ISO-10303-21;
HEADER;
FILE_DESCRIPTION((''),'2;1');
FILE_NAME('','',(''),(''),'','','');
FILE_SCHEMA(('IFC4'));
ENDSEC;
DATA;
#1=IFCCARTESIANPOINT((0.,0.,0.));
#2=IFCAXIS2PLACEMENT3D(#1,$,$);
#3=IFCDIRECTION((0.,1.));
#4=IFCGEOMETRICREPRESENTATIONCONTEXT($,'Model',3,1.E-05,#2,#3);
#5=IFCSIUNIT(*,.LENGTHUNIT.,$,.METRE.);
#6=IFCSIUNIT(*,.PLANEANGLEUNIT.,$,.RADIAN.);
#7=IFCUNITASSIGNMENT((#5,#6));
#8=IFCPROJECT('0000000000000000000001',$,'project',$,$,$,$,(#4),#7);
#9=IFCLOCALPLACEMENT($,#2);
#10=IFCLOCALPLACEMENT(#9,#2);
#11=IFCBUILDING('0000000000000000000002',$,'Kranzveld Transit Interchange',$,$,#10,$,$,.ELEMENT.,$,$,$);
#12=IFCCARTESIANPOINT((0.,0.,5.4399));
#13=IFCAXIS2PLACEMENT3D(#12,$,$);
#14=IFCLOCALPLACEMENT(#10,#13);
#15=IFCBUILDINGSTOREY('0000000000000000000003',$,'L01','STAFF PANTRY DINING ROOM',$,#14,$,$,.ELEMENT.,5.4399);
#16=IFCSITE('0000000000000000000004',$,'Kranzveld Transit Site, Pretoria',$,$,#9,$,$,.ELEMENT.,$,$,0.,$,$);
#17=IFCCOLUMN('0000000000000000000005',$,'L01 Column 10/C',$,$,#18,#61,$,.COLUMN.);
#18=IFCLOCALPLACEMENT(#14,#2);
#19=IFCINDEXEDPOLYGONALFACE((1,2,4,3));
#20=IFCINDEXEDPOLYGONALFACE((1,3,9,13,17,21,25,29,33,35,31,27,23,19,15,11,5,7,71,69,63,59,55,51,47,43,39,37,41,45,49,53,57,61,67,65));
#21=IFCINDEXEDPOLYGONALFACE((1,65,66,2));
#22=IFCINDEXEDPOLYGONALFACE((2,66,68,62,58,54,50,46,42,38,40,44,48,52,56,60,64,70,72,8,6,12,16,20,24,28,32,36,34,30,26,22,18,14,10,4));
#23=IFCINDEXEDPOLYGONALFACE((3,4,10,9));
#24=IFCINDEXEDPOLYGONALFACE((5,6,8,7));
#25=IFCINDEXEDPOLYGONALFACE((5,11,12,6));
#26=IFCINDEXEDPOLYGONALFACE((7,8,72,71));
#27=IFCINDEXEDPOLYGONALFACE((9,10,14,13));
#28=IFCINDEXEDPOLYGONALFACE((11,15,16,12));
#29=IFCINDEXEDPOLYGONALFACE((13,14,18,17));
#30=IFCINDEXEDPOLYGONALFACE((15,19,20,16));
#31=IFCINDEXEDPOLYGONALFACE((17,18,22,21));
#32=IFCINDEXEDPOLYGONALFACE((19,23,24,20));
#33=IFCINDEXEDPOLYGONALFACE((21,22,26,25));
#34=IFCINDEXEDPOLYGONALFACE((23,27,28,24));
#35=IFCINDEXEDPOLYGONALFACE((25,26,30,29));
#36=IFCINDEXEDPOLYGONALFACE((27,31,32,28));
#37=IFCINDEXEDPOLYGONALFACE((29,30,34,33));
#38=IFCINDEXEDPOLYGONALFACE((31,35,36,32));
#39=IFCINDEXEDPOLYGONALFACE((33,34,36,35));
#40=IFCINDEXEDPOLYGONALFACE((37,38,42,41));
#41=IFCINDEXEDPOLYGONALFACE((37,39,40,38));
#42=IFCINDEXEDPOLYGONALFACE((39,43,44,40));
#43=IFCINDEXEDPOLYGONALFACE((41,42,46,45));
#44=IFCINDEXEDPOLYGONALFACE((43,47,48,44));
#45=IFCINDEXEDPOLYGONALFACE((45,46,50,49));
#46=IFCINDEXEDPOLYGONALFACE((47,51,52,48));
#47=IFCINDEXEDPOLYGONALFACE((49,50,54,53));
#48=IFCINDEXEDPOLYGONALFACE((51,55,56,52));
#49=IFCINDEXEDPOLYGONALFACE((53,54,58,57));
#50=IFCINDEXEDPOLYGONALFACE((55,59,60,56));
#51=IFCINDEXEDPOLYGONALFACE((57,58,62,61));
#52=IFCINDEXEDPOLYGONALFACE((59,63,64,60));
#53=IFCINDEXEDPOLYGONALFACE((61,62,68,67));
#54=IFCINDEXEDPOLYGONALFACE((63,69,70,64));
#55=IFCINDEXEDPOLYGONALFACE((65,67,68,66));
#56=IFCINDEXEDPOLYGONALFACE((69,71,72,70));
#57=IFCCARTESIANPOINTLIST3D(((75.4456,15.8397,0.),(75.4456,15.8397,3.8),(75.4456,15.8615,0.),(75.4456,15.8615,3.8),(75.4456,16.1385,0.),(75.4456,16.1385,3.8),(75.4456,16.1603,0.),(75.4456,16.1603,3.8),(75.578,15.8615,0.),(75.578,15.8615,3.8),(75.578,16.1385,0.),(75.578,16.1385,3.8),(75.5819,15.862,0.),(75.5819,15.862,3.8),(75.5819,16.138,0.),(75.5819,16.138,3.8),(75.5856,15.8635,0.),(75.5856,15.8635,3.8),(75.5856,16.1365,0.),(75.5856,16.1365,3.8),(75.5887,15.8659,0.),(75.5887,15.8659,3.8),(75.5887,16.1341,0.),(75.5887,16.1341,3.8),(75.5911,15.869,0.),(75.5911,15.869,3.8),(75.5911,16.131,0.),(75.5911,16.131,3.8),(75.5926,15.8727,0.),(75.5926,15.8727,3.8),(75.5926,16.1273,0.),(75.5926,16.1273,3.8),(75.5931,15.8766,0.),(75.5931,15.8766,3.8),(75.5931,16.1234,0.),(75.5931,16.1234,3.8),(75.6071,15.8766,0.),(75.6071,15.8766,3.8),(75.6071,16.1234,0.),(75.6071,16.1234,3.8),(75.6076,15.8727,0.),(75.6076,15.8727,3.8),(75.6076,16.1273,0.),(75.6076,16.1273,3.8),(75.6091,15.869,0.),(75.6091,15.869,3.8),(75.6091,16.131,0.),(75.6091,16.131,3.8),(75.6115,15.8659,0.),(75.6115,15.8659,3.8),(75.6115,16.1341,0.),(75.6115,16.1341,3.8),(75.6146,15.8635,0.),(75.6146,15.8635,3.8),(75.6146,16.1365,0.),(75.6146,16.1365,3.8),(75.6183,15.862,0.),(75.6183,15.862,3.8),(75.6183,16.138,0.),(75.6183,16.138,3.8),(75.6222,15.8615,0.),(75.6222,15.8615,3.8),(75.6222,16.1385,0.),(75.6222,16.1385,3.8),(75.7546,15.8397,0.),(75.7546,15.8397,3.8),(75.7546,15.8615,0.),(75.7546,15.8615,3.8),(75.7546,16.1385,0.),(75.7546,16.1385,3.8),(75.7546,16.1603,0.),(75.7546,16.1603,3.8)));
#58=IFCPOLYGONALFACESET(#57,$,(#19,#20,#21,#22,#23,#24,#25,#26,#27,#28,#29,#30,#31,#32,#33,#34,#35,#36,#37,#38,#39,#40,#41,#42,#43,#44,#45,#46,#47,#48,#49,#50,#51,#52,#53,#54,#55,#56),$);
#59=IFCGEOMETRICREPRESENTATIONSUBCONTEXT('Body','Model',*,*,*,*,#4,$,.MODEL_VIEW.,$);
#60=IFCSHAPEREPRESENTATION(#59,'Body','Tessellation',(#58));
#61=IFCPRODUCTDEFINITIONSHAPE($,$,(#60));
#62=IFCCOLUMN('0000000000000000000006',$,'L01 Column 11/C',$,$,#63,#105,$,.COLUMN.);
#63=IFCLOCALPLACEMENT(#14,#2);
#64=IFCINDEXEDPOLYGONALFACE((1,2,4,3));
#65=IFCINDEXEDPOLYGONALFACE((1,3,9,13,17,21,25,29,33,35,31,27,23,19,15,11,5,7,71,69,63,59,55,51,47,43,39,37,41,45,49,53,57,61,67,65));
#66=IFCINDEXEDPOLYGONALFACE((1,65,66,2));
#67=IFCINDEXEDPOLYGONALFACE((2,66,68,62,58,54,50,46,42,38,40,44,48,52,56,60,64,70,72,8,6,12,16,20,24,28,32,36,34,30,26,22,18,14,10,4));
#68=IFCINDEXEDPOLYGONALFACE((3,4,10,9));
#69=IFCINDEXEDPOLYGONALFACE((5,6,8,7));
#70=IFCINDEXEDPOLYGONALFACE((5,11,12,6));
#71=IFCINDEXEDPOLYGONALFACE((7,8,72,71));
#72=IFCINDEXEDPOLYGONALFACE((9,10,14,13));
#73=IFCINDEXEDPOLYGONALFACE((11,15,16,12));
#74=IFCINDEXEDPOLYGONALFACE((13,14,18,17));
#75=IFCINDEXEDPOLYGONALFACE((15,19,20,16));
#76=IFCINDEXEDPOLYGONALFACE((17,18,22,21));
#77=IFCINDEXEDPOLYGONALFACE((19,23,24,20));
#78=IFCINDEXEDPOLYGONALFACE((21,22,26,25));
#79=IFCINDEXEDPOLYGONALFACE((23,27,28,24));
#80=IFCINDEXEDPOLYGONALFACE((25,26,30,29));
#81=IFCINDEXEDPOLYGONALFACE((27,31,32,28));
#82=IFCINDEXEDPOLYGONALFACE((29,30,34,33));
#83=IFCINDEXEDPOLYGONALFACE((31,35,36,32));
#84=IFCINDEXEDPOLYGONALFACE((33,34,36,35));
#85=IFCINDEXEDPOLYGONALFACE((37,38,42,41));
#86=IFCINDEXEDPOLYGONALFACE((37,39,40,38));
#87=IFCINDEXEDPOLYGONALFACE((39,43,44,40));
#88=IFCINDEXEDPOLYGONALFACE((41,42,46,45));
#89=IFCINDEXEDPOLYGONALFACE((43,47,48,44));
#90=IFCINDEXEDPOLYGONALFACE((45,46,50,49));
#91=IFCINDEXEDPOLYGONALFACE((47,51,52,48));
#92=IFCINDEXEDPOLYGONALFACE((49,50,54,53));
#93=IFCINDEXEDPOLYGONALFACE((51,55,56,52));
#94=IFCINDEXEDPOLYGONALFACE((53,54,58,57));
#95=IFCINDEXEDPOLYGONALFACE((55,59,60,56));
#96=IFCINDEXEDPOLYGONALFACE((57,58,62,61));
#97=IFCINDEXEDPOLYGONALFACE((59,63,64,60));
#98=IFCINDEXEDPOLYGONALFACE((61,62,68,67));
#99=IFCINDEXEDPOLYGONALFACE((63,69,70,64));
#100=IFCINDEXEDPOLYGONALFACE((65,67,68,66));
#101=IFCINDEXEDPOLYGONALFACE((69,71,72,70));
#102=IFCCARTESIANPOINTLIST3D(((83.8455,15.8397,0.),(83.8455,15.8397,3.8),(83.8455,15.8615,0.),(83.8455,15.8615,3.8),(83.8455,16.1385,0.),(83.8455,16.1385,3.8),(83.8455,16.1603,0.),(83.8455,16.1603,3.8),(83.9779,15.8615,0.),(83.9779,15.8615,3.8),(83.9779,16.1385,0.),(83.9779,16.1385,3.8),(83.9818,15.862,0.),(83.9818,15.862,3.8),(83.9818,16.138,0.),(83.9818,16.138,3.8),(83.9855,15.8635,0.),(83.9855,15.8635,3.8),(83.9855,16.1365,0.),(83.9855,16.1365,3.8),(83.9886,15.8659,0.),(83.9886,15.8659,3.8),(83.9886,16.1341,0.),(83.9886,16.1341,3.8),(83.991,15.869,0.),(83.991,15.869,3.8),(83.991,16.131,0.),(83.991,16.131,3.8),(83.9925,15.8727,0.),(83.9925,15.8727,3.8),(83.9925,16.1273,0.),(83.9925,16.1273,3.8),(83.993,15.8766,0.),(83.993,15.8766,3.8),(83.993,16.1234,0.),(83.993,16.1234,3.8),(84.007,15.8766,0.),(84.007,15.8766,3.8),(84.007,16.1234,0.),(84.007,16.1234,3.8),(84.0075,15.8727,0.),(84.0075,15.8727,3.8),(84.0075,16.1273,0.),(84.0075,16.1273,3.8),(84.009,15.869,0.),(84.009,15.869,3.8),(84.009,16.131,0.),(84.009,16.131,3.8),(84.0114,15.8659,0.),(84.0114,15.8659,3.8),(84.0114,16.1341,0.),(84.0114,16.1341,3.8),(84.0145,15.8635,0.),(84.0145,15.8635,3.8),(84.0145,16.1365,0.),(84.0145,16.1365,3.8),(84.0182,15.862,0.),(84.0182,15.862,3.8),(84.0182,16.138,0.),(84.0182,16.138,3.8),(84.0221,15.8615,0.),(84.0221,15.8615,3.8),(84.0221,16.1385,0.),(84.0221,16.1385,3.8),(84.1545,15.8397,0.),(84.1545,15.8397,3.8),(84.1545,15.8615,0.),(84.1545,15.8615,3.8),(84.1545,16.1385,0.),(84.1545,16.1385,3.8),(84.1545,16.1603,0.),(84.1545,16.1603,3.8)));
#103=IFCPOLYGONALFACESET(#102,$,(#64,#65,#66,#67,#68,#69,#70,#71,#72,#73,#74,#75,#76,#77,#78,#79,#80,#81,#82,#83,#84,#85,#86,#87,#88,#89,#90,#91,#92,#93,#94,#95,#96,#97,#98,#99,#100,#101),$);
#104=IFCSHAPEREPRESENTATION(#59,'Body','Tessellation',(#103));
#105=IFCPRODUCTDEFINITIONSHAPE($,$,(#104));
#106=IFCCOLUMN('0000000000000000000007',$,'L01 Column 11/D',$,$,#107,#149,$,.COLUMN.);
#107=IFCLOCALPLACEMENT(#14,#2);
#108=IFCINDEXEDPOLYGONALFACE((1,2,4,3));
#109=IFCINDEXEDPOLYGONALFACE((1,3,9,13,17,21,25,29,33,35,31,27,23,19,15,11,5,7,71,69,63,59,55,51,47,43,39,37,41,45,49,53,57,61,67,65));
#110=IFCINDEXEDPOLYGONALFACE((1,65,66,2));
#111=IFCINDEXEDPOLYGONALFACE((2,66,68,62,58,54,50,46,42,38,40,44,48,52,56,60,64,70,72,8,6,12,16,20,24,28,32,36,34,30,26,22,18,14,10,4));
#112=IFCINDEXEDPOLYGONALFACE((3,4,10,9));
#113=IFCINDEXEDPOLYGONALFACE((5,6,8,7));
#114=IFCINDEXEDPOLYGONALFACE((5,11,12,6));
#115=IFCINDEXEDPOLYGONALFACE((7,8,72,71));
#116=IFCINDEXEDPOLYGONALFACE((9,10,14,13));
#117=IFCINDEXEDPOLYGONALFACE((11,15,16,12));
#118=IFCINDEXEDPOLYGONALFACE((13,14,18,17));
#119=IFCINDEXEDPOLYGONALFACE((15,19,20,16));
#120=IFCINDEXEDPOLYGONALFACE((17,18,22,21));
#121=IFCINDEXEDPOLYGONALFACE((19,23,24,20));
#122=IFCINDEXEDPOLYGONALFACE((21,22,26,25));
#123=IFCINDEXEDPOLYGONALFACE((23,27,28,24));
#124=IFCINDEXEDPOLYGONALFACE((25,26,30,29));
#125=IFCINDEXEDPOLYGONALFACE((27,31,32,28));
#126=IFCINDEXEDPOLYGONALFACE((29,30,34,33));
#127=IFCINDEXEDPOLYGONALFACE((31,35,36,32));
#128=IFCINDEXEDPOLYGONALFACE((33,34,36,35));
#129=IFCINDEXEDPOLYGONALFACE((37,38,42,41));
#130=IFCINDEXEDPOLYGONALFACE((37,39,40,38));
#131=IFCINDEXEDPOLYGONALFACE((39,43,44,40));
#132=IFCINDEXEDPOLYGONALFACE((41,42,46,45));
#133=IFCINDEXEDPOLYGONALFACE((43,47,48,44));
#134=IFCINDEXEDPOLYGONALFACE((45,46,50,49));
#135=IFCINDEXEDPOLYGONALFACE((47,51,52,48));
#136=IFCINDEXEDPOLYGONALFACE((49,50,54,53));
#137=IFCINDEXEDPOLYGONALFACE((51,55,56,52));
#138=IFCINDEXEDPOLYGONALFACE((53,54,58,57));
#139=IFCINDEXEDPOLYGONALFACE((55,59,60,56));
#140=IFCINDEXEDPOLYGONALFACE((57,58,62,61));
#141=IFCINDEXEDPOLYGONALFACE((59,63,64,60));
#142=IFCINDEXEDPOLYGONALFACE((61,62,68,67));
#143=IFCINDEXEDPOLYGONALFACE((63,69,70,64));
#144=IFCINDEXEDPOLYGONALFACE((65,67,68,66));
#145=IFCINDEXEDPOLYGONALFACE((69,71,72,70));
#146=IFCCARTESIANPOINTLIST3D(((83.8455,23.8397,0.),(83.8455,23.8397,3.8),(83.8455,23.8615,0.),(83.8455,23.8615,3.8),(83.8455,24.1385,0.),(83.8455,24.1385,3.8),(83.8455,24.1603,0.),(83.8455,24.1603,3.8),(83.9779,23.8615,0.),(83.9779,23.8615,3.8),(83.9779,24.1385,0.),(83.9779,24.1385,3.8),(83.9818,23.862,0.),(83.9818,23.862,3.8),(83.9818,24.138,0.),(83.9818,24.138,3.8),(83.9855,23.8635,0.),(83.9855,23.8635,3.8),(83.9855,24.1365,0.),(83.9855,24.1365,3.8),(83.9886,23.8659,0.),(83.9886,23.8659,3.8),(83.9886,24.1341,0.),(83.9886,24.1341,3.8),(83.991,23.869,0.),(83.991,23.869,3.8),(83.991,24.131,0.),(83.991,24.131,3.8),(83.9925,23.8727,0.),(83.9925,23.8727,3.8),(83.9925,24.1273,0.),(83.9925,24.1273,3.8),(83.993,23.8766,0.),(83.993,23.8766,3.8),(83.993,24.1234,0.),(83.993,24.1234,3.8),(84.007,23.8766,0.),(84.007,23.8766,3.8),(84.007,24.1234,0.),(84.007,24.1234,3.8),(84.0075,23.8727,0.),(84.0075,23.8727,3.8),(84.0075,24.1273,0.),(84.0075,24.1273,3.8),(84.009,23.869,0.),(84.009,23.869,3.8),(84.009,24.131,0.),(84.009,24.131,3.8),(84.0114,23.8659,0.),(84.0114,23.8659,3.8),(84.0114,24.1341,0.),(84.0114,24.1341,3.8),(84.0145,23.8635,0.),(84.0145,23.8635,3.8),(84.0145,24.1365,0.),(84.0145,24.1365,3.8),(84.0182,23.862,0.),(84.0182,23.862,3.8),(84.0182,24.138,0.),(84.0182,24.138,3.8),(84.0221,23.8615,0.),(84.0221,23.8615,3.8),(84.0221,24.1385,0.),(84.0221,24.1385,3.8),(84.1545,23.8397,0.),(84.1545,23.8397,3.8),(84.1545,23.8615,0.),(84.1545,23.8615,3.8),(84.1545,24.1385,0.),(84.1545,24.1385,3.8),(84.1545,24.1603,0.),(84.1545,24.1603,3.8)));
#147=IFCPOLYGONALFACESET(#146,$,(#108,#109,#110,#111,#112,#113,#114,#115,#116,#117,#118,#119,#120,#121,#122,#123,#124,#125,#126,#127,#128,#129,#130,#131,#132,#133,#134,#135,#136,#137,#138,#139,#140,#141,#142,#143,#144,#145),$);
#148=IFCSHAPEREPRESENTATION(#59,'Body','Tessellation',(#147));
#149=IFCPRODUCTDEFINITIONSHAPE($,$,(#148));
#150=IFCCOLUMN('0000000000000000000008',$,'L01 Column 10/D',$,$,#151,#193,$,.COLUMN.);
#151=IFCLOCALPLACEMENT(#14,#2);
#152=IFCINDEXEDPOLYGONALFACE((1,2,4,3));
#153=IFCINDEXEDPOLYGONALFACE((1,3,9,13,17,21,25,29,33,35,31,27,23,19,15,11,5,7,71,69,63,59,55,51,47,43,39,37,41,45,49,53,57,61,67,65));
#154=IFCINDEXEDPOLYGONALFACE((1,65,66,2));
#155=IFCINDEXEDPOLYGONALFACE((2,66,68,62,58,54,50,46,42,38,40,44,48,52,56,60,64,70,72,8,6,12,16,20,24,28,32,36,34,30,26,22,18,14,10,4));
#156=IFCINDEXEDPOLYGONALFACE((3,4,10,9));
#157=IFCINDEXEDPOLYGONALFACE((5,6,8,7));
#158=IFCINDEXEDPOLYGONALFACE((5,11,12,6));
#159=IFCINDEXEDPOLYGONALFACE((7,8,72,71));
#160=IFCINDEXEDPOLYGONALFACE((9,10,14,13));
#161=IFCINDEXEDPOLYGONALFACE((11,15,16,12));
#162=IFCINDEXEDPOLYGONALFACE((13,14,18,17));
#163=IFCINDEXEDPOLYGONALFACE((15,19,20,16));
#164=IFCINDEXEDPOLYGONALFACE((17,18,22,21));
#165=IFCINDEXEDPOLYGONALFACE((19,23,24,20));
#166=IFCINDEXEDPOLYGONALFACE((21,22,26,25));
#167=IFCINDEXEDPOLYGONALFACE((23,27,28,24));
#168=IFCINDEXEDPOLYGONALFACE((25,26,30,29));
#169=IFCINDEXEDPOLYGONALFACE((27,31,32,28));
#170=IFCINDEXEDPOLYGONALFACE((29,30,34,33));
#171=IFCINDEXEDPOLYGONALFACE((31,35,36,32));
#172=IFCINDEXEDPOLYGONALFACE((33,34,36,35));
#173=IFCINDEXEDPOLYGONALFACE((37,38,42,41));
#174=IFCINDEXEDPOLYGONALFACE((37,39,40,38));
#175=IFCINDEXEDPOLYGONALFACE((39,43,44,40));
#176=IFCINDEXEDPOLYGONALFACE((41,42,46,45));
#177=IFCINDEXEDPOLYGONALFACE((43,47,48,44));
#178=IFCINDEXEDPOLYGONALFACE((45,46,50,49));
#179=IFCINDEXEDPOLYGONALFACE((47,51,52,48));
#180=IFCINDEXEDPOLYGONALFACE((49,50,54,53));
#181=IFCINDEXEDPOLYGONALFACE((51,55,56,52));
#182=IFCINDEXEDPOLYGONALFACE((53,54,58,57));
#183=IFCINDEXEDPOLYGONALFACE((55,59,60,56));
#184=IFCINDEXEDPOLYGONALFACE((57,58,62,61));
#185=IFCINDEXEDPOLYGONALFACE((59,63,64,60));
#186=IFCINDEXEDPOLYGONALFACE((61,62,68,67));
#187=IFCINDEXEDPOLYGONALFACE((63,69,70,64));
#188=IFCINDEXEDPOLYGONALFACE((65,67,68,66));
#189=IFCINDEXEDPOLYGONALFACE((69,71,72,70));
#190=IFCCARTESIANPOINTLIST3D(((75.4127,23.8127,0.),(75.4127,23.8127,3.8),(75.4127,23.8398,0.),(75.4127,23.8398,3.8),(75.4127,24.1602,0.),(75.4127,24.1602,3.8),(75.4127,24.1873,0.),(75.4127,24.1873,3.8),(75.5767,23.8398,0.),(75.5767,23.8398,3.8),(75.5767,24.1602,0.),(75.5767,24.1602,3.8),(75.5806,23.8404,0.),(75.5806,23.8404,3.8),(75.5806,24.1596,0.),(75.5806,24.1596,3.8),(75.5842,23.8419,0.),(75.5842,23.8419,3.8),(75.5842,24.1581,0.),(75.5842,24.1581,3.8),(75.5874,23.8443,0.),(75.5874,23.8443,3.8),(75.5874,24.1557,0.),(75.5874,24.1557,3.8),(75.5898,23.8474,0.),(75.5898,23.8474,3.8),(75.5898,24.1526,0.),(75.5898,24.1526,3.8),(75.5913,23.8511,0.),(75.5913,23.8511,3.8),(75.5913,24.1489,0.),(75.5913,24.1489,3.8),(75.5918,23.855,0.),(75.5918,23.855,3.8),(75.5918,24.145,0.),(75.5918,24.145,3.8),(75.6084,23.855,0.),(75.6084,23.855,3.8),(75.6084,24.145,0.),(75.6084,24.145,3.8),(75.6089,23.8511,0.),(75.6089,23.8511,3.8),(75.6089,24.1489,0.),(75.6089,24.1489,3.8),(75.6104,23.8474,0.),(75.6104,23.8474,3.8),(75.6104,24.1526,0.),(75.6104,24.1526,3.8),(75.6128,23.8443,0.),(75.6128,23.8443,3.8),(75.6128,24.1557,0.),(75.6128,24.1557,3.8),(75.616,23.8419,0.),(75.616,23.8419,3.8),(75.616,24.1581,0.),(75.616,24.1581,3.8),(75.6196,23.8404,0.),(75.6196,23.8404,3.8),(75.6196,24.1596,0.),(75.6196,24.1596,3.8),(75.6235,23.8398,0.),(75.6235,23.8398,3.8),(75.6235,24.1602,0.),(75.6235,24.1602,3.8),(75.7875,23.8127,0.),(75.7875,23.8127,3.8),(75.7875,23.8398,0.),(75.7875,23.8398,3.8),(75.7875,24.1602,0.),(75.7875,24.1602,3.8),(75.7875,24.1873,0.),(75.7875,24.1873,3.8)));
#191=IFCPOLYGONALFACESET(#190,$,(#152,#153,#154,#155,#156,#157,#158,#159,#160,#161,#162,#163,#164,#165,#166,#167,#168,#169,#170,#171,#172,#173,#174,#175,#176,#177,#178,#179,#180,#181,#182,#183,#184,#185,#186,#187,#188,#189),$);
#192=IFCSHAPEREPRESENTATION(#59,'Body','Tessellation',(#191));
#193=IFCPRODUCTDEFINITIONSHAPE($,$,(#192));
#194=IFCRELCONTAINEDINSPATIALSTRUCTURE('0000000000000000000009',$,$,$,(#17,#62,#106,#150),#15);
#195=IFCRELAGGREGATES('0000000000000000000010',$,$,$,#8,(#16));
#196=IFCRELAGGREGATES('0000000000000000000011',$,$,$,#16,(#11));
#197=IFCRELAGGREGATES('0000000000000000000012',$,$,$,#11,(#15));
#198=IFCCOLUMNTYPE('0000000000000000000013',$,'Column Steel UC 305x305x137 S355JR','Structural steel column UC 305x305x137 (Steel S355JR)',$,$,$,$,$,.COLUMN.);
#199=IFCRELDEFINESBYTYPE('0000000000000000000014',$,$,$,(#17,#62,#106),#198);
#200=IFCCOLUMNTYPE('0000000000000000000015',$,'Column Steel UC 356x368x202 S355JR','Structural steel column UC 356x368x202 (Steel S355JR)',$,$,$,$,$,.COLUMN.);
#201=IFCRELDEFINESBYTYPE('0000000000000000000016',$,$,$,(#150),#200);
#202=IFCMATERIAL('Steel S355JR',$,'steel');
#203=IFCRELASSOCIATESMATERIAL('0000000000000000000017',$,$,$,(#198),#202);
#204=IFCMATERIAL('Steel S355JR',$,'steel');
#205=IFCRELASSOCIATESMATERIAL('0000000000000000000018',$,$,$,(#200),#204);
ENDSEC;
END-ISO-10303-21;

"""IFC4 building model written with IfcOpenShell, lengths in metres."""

from ifc_helpers import new_model, si_unit, direction, frame, origin, origin_2d, place, context, subcontext, project, spatial, i_section, extrude, material, material_profile, profile_set, type_object, element, save


model = new_model("IFC4")

# Units and contexts
model_context = context("Model", 3, precision=1e-05, world=origin(), true_north=direction((0.0, 1.0)))
body_context = subcontext(model_context, "Body", "Model", "MODEL_VIEW")
ifc_project = project(units=[si_unit("LENGTHUNIT", "METRE"), si_unit("PLANEANGLEUNIT", "RADIAN")], contexts=[model_context])

# Site, building, storey
site_placement = place(None, origin())
site = spatial("IfcSite", under=ifc_project, at=site_placement, Name="Kranzveld Transit Site, Pretoria", CompositionType="ELEMENT", RefElevation=0.0)
building_placement = place(site_placement, origin())
building = spatial("IfcBuilding", under=site, at=building_placement, Name="Kranzveld Transit Interchange", CompositionType="ELEMENT")
storey_placement = place(building_placement, frame((0.0, 0.0, 5.4399)))
storey = spatial("IfcBuildingStorey", under=building, at=storey_placement, Name="L01", Description="STAFF PANTRY DINING ROOM", CompositionType="ELEMENT", Elevation=5.4399)

# Columns
ifc_material_1 = material(Name="Steel S355JR", Category="steel")
ifc_material_profile_1 = material_profile(ifc_material_1, i_section(OverallWidth=0.3091, OverallDepth=0.3206, WebThickness=0.0139, FlangeThickness=0.0217, FilletRadius=0.0151, at=origin_2d()), Name="UC 305x305x137")
ifc_profile_set_1 = profile_set([ifc_material_profile_1], Name="Steel S355JR")
column_type_1 = type_object("IfcColumnType", Name="Column Steel UC 305x305x137 S355JR", Description="Structural steel column UC 305x305x137 (Steel S355JR)", PredefinedType="COLUMN", material=ifc_profile_set_1)
for number, where, z_axis, x_axis, name in (
    (1, (75.6001, 16.0, 0.0), (0.0, 0.0, 1.0), (1.0, 0.0, 0.0), "L01 Column 10/C"),
    (2, (84.0, 16.0, 0.0), (0.0, 0.0, 1.0), (1.0, 0.0, 0.0), "L01 Column 11/C"),
    (3, (84.0, 24.0, 0.0), (0.0, 0.0, 1.0), (1.0, 0.0, 0.0), "L01 Column 11/D"),
):
    element("IfcColumn", number, at=place(storey_placement, frame(where, z_axis=z_axis, x_axis=x_axis)), inside=storey, type_object=column_type_1, Name=name, PredefinedType="COLUMN", context=body_context, shape_type="SweptSolid", body=[
        extrude(i_section(OverallWidth=0.3091, OverallDepth=0.3206, WebThickness=0.0139, FlangeThickness=0.0217, FilletRadius=0.0151, at=origin_2d()), origin(), (0.0, 0.0, 1.0), 3.8),
    ])
ifc_material_2 = material(Name="Steel S355JR", Category="steel")
ifc_material_profile_2 = material_profile(ifc_material_2, i_section(OverallWidth=0.3748, OverallDepth=0.3745, WebThickness=0.0166, FlangeThickness=0.0271, FilletRadius=0.0151, at=origin_2d()), Name="UC 356x368x202")
ifc_profile_set_2 = profile_set([ifc_material_profile_2], Name="Steel S355JR")
column_type_2 = type_object("IfcColumnType", Name="Column Steel UC 356x368x202 S355JR", Description="Structural steel column UC 356x368x202 (Steel S355JR)", PredefinedType="COLUMN", material=ifc_profile_set_2)
column_placement = place(storey_placement, frame((75.6001, 24.0, 0.0), z_axis=(0.0, 0.0, 1.0), x_axis=(1.0, 0.0, 0.0)))
element("IfcColumn", 4, at=column_placement, inside=storey, type_object=column_type_2, Name="L01 Column 10/D", PredefinedType="COLUMN", context=body_context, shape_type="SweptSolid", body=[
    extrude(i_section(OverallWidth=0.3748, OverallDepth=0.3745, WebThickness=0.0166, FlangeThickness=0.0271, FilletRadius=0.0151, at=origin_2d()), origin(), (0.0, 0.0, 1.0), 3.8),
])

save(model, "model.ifc")
